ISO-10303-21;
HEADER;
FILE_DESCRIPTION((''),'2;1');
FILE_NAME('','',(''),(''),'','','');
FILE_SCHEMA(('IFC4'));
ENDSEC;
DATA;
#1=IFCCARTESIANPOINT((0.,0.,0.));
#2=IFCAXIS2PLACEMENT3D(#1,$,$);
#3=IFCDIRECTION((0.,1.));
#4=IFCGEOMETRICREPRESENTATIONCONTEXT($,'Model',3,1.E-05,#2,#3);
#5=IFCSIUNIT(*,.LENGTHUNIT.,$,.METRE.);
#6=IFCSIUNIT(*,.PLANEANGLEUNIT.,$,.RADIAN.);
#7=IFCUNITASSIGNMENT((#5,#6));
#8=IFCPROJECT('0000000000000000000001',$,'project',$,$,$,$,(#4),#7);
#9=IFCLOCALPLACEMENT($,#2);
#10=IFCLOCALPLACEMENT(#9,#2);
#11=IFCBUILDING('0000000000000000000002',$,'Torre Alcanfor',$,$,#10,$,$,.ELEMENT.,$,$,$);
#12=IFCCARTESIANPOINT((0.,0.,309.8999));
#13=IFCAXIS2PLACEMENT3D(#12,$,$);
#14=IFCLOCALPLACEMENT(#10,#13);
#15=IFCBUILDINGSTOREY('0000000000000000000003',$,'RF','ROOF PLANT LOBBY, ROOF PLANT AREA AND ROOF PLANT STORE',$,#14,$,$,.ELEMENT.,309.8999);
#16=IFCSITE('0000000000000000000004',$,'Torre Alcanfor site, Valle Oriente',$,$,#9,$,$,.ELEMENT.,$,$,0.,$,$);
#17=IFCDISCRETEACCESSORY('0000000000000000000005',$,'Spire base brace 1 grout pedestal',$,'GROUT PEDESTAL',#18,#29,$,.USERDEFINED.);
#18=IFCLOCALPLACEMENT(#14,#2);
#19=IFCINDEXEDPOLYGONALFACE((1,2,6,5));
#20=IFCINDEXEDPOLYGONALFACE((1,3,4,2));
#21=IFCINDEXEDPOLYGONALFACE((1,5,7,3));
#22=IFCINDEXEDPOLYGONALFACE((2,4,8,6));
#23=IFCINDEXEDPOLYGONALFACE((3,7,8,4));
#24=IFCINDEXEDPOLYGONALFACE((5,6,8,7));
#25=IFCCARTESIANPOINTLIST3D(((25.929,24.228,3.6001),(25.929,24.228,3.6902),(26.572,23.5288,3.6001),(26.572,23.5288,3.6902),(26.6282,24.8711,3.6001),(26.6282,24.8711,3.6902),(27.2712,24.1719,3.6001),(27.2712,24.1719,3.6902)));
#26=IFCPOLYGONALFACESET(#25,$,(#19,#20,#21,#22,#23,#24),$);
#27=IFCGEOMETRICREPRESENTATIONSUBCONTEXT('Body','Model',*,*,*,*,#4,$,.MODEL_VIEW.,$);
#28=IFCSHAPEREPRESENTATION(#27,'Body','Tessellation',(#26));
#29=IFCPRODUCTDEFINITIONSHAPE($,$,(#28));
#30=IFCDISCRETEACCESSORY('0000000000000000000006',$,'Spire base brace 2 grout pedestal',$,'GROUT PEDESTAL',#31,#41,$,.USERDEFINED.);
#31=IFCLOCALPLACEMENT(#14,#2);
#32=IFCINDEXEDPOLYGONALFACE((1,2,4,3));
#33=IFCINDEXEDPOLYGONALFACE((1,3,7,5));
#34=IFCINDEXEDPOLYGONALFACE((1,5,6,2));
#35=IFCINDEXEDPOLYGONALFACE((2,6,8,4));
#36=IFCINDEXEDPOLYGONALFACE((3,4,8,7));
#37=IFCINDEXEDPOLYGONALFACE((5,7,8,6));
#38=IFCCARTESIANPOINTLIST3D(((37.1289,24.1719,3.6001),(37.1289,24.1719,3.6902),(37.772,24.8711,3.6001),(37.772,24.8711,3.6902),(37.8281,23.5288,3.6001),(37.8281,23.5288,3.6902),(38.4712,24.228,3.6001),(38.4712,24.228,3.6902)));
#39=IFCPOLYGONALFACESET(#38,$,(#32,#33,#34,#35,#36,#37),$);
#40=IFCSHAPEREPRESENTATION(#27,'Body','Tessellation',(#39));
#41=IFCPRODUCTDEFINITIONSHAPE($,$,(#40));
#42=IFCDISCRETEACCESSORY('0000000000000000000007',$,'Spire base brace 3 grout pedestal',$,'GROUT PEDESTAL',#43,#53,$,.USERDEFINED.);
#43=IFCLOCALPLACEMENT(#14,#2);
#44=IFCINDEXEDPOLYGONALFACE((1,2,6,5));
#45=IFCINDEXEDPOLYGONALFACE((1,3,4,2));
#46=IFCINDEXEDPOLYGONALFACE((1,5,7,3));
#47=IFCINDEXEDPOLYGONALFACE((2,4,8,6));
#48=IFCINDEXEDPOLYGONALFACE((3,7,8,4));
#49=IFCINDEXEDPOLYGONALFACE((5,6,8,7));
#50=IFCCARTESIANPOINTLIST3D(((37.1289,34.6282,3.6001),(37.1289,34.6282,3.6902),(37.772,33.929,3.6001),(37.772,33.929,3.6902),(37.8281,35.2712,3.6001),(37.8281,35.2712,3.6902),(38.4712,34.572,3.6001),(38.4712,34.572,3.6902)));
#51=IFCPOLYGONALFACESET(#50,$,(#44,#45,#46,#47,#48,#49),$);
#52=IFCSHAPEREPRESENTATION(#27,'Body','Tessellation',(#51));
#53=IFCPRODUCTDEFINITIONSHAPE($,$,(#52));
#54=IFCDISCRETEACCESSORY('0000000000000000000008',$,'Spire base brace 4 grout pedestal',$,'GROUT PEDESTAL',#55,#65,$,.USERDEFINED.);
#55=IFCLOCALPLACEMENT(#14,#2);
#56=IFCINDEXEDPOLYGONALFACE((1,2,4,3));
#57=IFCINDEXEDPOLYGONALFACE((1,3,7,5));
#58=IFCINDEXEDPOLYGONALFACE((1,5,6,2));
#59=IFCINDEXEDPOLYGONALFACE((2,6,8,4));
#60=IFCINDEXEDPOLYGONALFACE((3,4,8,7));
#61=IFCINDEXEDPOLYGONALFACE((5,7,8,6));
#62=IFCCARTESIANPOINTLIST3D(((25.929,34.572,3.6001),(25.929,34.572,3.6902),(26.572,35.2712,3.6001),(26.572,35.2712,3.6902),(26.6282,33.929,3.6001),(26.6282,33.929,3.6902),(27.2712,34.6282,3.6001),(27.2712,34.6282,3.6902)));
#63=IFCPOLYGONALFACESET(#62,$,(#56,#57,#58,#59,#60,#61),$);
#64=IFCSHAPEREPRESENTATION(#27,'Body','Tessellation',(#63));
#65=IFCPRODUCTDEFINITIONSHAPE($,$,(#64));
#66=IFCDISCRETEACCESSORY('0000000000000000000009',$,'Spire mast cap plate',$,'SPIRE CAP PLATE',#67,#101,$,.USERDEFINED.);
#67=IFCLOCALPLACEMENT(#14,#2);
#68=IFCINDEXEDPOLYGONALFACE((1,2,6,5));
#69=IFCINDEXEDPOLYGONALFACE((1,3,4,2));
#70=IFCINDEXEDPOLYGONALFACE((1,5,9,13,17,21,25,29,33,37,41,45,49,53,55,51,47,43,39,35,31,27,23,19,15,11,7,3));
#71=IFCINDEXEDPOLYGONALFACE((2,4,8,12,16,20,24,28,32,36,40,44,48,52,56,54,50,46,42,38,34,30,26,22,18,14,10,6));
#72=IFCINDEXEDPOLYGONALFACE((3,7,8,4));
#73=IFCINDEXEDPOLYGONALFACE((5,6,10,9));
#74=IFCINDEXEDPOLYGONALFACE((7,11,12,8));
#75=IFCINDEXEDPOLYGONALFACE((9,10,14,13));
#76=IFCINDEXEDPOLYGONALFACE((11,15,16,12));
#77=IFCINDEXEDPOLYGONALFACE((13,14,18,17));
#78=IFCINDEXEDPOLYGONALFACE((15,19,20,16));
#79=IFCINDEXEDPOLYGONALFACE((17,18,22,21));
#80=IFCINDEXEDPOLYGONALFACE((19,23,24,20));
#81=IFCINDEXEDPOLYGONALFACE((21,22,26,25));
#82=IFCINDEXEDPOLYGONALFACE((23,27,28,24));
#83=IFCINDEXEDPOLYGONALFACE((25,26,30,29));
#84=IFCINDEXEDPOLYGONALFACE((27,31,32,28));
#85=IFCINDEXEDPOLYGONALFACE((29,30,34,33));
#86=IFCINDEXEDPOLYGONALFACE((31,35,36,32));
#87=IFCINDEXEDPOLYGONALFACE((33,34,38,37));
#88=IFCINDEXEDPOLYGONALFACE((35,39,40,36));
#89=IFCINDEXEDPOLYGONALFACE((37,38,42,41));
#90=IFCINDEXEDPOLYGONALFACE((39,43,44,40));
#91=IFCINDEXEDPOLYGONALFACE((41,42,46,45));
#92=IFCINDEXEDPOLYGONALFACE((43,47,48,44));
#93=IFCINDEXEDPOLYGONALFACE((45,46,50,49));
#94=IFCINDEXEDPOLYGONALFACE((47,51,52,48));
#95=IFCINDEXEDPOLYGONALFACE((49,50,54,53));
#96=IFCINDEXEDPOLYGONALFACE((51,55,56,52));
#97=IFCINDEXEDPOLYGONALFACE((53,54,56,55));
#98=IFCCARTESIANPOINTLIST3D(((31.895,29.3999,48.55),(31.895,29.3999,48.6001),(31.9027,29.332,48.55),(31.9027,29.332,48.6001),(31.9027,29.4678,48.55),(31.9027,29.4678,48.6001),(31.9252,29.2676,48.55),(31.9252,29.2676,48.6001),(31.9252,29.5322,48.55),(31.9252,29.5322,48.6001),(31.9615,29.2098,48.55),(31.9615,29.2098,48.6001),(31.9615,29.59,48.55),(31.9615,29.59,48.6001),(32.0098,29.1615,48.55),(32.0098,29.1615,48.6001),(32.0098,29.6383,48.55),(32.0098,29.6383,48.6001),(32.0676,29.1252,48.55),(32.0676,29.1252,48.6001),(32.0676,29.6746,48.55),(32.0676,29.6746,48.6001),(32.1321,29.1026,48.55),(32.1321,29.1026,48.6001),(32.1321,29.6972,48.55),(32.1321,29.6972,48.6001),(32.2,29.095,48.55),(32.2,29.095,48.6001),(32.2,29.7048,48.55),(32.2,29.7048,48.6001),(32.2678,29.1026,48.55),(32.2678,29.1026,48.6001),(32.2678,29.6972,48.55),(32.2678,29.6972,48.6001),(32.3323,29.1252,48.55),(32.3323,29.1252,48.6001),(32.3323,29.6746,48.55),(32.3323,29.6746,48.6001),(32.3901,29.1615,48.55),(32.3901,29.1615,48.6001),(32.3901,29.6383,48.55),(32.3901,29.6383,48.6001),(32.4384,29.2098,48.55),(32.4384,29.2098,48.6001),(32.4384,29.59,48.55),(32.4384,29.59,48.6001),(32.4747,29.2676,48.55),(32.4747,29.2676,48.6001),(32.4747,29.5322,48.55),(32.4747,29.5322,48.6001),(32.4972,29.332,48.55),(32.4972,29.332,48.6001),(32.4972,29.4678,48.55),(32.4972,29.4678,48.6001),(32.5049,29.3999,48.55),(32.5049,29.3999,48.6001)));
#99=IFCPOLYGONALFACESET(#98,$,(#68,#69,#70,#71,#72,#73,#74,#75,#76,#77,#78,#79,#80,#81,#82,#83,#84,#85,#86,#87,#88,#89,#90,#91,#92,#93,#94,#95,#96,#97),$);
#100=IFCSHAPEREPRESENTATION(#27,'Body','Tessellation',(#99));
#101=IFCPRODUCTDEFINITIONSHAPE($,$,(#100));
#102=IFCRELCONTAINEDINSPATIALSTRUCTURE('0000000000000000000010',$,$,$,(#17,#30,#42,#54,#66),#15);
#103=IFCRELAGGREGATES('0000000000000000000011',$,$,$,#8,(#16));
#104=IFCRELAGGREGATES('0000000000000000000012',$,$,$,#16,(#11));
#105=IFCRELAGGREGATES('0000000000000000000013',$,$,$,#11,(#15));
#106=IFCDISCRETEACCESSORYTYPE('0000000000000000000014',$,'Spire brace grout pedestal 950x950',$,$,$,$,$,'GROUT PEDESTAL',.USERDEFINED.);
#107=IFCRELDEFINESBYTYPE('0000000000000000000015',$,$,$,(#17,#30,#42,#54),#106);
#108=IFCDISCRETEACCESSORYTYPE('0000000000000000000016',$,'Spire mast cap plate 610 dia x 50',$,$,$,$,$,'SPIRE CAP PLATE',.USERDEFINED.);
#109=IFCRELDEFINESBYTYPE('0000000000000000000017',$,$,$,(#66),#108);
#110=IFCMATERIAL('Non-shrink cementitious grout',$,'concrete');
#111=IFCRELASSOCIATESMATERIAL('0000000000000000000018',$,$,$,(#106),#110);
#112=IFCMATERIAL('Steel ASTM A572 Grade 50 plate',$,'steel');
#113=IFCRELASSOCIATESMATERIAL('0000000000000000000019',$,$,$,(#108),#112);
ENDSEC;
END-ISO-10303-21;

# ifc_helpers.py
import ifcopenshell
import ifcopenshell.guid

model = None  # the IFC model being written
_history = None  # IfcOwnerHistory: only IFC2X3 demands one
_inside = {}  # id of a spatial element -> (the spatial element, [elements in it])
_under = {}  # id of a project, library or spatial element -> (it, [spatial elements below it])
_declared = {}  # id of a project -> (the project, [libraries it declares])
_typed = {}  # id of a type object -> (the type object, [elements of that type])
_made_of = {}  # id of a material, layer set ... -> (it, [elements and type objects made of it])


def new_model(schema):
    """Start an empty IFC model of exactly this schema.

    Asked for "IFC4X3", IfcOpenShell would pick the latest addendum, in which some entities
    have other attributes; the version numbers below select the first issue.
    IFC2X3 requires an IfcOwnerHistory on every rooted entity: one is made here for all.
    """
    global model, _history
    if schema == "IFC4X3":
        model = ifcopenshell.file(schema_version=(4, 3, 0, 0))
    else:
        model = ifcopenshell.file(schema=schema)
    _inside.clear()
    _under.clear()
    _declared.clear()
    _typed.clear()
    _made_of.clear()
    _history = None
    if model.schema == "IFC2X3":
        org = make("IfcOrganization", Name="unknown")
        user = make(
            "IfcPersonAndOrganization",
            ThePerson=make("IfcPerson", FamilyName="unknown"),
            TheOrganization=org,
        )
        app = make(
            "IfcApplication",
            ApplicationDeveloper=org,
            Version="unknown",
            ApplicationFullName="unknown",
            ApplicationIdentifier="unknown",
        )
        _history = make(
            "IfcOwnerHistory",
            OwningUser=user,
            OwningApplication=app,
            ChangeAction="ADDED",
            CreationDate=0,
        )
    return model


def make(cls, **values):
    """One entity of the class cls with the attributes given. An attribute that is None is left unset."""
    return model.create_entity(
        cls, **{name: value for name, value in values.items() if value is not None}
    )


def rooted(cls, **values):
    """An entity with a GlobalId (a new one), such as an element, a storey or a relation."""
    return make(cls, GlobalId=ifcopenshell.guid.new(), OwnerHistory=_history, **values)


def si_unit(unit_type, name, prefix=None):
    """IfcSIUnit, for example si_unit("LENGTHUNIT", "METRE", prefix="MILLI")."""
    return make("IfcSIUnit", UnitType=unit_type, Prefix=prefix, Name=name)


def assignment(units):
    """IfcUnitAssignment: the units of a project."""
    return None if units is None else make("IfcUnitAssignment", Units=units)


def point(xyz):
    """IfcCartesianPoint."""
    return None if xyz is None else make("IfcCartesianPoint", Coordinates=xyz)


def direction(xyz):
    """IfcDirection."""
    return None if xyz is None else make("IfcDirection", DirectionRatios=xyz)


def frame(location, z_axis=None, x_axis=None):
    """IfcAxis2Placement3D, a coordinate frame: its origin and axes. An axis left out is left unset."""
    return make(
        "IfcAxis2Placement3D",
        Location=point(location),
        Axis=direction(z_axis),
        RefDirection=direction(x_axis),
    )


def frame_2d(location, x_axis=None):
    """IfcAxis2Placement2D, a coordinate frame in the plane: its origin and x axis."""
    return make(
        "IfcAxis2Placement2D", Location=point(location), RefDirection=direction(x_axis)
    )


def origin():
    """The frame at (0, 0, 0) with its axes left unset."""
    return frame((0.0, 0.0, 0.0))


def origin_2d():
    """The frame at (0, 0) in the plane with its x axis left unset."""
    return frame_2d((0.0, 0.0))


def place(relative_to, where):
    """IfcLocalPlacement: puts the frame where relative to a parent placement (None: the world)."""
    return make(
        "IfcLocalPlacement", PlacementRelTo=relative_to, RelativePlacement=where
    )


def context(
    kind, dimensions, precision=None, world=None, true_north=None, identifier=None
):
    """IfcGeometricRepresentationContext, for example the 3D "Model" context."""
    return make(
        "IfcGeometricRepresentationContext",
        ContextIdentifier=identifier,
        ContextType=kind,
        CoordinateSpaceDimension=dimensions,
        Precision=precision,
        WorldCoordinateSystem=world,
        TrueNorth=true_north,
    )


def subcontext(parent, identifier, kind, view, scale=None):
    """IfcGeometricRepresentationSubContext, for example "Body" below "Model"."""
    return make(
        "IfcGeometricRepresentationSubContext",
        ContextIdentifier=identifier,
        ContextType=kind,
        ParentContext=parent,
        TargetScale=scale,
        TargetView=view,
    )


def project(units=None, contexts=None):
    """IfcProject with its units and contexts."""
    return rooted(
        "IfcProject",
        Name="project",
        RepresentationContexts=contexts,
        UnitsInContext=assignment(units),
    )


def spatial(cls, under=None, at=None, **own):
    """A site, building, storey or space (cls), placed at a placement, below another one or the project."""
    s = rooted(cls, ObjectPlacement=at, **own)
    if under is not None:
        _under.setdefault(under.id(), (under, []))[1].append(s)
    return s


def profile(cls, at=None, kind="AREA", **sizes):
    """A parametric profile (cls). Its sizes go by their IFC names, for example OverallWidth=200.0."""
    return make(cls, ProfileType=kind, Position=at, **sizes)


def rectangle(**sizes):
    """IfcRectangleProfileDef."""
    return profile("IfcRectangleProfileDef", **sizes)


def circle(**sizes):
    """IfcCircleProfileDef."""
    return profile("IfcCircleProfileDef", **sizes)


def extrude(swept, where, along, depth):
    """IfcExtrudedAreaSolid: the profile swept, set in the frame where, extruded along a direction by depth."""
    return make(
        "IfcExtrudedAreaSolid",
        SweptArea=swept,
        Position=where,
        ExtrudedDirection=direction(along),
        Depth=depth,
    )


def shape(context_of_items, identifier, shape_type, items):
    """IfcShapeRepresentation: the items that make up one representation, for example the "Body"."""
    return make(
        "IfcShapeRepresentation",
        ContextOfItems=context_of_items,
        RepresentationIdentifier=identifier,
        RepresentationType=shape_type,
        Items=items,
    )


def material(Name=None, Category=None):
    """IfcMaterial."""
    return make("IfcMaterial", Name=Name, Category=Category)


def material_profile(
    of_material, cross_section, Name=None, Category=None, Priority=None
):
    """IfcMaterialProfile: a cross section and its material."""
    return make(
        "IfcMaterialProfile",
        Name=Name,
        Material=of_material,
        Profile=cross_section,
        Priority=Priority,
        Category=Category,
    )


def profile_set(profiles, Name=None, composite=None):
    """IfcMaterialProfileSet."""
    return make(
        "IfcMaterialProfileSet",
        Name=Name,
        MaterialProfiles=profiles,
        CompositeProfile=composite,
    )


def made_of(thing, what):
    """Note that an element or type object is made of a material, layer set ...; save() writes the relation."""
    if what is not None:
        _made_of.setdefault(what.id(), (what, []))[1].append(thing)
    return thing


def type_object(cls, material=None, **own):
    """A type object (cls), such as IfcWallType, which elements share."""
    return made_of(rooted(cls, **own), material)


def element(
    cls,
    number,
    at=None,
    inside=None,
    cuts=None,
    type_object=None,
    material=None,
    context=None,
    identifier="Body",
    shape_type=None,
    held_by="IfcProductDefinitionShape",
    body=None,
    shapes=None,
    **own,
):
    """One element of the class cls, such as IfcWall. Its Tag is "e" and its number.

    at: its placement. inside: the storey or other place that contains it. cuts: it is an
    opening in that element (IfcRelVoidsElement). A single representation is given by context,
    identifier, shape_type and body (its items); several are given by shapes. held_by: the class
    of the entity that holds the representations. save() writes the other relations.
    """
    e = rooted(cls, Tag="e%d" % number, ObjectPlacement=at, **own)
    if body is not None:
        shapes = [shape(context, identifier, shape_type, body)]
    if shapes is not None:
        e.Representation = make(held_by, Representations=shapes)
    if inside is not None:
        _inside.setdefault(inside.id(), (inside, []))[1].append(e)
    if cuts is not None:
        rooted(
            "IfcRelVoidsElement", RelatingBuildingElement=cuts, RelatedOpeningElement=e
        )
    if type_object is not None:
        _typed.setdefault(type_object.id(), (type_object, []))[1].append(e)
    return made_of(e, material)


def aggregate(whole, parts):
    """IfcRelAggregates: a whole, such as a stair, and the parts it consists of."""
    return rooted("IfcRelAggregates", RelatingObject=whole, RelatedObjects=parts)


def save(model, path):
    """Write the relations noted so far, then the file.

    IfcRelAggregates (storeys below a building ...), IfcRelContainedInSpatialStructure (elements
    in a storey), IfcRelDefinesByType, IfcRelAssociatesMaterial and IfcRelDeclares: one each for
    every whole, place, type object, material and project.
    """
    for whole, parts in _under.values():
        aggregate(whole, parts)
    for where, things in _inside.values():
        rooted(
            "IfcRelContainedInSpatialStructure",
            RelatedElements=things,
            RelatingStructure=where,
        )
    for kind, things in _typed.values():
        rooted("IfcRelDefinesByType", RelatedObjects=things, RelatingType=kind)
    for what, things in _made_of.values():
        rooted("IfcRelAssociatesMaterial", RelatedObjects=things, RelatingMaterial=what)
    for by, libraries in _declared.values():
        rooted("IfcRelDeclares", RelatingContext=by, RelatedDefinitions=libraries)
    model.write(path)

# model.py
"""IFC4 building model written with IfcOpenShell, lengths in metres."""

from ifc_helpers import new_model, si_unit, direction, frame, origin, origin_2d, place, context, subcontext, project, spatial, rectangle, circle, extrude, material, material_profile, profile_set, type_object, element, save


model = new_model("IFC4")

# Units and contexts
model_context = context("Model", 3, precision=1e-05, world=origin(), true_north=direction((0.0, 1.0)))
body_context = subcontext(model_context, "Body", "Model", "MODEL_VIEW")
ifc_project = project(units=[si_unit("LENGTHUNIT", "METRE"), si_unit("PLANEANGLEUNIT", "RADIAN")], contexts=[model_context])

# Site, building, storey
site_placement = place(None, origin())
site = spatial("IfcSite", under=ifc_project, at=site_placement, Name="Torre Alcanfor site, Valle Oriente", CompositionType="ELEMENT", RefElevation=0.0)
building_placement = place(site_placement, origin())
building = spatial("IfcBuilding", under=site, at=building_placement, Name="Torre Alcanfor", CompositionType="ELEMENT")
storey_placement = place(building_placement, frame((0.0, 0.0, 309.8999)))
storey = spatial("IfcBuildingStorey", under=building, at=storey_placement, Name="RF", Description="ROOF PLANT LOBBY, ROOF PLANT AREA AND ROOF PLANT STORE", CompositionType="ELEMENT", Elevation=309.8999)

# Discrete accessories
ifc_material_1 = material(Name="Non-shrink cementitious grout", Category="concrete")
discrete_accessory_type_1 = type_object("IfcDiscreteAccessoryType", Name="Spire brace grout pedestal 950x950", ElementType="GROUT PEDESTAL", PredefinedType="USERDEFINED", material=ifc_material_1)
for number, where, z_axis, x_axis, name in (
    (1, (26.6001, 24.2, 3.6001), (0.0, 0.0, 1.0), (0.73605, 0.676927, 0.0), "Spire base brace 1 grout pedestal"),
    (2, (37.8, 24.2, 3.6001), (0.0, 0.0, 1.0), (-0.73605, 0.676927, 0.0), "Spire base brace 2 grout pedestal"),
    (3, (37.8, 34.6001, 3.6001), (0.0, 0.0, 1.0), (-0.73605, -0.676927, 0.0), "Spire base brace 3 grout pedestal"),
    (4, (26.6001, 34.6001, 3.6001), (0.0, 0.0, 1.0), (0.73605, -0.676927, 0.0), "Spire base brace 4 grout pedestal"),
):
    element("IfcDiscreteAccessory", number, at=place(storey_placement, frame(where, z_axis=z_axis, x_axis=x_axis)), inside=storey, type_object=discrete_accessory_type_1, Name=name, ObjectType="GROUT PEDESTAL", PredefinedType="USERDEFINED", context=body_context, shape_type="SweptSolid", body=[
        extrude(rectangle(XDim=0.95, YDim=0.95, at=origin_2d()), origin(), (0.0, 0.0, 1.0), 0.0901),
    ])
ifc_material_2 = material(Name="Steel ASTM A572 Grade 50 plate", Category="steel")
ifc_material_profile_1 = material_profile(ifc_material_2, circle(Radius=0.3049, at=origin_2d()), Name="Cap plate 610 dia x 50")
ifc_profile_set_1 = profile_set([ifc_material_profile_1], Name="Steel ASTM A572 Grade 50 plate")
discrete_accessory_type_2 = type_object("IfcDiscreteAccessoryType", Name="Spire mast cap plate 610 dia x 50", ElementType="SPIRE CAP PLATE", PredefinedType="USERDEFINED", material=ifc_profile_set_1)
discrete_accessory_placement = place(storey_placement, frame((32.2, 29.3999, 48.55), z_axis=(0.0, 0.0, 1.0), x_axis=(1.0, 0.0, 0.0)))
element("IfcDiscreteAccessory", 5, at=discrete_accessory_placement, inside=storey, type_object=discrete_accessory_type_2, Name="Spire mast cap plate", ObjectType="SPIRE CAP PLATE", PredefinedType="USERDEFINED", context=body_context, shape_type="SweptSolid", body=[
    extrude(circle(Radius=0.3049, at=origin_2d()), origin(), (0.0, 0.0, 1.0), 0.05),
])

save(model, "model.ifc")
